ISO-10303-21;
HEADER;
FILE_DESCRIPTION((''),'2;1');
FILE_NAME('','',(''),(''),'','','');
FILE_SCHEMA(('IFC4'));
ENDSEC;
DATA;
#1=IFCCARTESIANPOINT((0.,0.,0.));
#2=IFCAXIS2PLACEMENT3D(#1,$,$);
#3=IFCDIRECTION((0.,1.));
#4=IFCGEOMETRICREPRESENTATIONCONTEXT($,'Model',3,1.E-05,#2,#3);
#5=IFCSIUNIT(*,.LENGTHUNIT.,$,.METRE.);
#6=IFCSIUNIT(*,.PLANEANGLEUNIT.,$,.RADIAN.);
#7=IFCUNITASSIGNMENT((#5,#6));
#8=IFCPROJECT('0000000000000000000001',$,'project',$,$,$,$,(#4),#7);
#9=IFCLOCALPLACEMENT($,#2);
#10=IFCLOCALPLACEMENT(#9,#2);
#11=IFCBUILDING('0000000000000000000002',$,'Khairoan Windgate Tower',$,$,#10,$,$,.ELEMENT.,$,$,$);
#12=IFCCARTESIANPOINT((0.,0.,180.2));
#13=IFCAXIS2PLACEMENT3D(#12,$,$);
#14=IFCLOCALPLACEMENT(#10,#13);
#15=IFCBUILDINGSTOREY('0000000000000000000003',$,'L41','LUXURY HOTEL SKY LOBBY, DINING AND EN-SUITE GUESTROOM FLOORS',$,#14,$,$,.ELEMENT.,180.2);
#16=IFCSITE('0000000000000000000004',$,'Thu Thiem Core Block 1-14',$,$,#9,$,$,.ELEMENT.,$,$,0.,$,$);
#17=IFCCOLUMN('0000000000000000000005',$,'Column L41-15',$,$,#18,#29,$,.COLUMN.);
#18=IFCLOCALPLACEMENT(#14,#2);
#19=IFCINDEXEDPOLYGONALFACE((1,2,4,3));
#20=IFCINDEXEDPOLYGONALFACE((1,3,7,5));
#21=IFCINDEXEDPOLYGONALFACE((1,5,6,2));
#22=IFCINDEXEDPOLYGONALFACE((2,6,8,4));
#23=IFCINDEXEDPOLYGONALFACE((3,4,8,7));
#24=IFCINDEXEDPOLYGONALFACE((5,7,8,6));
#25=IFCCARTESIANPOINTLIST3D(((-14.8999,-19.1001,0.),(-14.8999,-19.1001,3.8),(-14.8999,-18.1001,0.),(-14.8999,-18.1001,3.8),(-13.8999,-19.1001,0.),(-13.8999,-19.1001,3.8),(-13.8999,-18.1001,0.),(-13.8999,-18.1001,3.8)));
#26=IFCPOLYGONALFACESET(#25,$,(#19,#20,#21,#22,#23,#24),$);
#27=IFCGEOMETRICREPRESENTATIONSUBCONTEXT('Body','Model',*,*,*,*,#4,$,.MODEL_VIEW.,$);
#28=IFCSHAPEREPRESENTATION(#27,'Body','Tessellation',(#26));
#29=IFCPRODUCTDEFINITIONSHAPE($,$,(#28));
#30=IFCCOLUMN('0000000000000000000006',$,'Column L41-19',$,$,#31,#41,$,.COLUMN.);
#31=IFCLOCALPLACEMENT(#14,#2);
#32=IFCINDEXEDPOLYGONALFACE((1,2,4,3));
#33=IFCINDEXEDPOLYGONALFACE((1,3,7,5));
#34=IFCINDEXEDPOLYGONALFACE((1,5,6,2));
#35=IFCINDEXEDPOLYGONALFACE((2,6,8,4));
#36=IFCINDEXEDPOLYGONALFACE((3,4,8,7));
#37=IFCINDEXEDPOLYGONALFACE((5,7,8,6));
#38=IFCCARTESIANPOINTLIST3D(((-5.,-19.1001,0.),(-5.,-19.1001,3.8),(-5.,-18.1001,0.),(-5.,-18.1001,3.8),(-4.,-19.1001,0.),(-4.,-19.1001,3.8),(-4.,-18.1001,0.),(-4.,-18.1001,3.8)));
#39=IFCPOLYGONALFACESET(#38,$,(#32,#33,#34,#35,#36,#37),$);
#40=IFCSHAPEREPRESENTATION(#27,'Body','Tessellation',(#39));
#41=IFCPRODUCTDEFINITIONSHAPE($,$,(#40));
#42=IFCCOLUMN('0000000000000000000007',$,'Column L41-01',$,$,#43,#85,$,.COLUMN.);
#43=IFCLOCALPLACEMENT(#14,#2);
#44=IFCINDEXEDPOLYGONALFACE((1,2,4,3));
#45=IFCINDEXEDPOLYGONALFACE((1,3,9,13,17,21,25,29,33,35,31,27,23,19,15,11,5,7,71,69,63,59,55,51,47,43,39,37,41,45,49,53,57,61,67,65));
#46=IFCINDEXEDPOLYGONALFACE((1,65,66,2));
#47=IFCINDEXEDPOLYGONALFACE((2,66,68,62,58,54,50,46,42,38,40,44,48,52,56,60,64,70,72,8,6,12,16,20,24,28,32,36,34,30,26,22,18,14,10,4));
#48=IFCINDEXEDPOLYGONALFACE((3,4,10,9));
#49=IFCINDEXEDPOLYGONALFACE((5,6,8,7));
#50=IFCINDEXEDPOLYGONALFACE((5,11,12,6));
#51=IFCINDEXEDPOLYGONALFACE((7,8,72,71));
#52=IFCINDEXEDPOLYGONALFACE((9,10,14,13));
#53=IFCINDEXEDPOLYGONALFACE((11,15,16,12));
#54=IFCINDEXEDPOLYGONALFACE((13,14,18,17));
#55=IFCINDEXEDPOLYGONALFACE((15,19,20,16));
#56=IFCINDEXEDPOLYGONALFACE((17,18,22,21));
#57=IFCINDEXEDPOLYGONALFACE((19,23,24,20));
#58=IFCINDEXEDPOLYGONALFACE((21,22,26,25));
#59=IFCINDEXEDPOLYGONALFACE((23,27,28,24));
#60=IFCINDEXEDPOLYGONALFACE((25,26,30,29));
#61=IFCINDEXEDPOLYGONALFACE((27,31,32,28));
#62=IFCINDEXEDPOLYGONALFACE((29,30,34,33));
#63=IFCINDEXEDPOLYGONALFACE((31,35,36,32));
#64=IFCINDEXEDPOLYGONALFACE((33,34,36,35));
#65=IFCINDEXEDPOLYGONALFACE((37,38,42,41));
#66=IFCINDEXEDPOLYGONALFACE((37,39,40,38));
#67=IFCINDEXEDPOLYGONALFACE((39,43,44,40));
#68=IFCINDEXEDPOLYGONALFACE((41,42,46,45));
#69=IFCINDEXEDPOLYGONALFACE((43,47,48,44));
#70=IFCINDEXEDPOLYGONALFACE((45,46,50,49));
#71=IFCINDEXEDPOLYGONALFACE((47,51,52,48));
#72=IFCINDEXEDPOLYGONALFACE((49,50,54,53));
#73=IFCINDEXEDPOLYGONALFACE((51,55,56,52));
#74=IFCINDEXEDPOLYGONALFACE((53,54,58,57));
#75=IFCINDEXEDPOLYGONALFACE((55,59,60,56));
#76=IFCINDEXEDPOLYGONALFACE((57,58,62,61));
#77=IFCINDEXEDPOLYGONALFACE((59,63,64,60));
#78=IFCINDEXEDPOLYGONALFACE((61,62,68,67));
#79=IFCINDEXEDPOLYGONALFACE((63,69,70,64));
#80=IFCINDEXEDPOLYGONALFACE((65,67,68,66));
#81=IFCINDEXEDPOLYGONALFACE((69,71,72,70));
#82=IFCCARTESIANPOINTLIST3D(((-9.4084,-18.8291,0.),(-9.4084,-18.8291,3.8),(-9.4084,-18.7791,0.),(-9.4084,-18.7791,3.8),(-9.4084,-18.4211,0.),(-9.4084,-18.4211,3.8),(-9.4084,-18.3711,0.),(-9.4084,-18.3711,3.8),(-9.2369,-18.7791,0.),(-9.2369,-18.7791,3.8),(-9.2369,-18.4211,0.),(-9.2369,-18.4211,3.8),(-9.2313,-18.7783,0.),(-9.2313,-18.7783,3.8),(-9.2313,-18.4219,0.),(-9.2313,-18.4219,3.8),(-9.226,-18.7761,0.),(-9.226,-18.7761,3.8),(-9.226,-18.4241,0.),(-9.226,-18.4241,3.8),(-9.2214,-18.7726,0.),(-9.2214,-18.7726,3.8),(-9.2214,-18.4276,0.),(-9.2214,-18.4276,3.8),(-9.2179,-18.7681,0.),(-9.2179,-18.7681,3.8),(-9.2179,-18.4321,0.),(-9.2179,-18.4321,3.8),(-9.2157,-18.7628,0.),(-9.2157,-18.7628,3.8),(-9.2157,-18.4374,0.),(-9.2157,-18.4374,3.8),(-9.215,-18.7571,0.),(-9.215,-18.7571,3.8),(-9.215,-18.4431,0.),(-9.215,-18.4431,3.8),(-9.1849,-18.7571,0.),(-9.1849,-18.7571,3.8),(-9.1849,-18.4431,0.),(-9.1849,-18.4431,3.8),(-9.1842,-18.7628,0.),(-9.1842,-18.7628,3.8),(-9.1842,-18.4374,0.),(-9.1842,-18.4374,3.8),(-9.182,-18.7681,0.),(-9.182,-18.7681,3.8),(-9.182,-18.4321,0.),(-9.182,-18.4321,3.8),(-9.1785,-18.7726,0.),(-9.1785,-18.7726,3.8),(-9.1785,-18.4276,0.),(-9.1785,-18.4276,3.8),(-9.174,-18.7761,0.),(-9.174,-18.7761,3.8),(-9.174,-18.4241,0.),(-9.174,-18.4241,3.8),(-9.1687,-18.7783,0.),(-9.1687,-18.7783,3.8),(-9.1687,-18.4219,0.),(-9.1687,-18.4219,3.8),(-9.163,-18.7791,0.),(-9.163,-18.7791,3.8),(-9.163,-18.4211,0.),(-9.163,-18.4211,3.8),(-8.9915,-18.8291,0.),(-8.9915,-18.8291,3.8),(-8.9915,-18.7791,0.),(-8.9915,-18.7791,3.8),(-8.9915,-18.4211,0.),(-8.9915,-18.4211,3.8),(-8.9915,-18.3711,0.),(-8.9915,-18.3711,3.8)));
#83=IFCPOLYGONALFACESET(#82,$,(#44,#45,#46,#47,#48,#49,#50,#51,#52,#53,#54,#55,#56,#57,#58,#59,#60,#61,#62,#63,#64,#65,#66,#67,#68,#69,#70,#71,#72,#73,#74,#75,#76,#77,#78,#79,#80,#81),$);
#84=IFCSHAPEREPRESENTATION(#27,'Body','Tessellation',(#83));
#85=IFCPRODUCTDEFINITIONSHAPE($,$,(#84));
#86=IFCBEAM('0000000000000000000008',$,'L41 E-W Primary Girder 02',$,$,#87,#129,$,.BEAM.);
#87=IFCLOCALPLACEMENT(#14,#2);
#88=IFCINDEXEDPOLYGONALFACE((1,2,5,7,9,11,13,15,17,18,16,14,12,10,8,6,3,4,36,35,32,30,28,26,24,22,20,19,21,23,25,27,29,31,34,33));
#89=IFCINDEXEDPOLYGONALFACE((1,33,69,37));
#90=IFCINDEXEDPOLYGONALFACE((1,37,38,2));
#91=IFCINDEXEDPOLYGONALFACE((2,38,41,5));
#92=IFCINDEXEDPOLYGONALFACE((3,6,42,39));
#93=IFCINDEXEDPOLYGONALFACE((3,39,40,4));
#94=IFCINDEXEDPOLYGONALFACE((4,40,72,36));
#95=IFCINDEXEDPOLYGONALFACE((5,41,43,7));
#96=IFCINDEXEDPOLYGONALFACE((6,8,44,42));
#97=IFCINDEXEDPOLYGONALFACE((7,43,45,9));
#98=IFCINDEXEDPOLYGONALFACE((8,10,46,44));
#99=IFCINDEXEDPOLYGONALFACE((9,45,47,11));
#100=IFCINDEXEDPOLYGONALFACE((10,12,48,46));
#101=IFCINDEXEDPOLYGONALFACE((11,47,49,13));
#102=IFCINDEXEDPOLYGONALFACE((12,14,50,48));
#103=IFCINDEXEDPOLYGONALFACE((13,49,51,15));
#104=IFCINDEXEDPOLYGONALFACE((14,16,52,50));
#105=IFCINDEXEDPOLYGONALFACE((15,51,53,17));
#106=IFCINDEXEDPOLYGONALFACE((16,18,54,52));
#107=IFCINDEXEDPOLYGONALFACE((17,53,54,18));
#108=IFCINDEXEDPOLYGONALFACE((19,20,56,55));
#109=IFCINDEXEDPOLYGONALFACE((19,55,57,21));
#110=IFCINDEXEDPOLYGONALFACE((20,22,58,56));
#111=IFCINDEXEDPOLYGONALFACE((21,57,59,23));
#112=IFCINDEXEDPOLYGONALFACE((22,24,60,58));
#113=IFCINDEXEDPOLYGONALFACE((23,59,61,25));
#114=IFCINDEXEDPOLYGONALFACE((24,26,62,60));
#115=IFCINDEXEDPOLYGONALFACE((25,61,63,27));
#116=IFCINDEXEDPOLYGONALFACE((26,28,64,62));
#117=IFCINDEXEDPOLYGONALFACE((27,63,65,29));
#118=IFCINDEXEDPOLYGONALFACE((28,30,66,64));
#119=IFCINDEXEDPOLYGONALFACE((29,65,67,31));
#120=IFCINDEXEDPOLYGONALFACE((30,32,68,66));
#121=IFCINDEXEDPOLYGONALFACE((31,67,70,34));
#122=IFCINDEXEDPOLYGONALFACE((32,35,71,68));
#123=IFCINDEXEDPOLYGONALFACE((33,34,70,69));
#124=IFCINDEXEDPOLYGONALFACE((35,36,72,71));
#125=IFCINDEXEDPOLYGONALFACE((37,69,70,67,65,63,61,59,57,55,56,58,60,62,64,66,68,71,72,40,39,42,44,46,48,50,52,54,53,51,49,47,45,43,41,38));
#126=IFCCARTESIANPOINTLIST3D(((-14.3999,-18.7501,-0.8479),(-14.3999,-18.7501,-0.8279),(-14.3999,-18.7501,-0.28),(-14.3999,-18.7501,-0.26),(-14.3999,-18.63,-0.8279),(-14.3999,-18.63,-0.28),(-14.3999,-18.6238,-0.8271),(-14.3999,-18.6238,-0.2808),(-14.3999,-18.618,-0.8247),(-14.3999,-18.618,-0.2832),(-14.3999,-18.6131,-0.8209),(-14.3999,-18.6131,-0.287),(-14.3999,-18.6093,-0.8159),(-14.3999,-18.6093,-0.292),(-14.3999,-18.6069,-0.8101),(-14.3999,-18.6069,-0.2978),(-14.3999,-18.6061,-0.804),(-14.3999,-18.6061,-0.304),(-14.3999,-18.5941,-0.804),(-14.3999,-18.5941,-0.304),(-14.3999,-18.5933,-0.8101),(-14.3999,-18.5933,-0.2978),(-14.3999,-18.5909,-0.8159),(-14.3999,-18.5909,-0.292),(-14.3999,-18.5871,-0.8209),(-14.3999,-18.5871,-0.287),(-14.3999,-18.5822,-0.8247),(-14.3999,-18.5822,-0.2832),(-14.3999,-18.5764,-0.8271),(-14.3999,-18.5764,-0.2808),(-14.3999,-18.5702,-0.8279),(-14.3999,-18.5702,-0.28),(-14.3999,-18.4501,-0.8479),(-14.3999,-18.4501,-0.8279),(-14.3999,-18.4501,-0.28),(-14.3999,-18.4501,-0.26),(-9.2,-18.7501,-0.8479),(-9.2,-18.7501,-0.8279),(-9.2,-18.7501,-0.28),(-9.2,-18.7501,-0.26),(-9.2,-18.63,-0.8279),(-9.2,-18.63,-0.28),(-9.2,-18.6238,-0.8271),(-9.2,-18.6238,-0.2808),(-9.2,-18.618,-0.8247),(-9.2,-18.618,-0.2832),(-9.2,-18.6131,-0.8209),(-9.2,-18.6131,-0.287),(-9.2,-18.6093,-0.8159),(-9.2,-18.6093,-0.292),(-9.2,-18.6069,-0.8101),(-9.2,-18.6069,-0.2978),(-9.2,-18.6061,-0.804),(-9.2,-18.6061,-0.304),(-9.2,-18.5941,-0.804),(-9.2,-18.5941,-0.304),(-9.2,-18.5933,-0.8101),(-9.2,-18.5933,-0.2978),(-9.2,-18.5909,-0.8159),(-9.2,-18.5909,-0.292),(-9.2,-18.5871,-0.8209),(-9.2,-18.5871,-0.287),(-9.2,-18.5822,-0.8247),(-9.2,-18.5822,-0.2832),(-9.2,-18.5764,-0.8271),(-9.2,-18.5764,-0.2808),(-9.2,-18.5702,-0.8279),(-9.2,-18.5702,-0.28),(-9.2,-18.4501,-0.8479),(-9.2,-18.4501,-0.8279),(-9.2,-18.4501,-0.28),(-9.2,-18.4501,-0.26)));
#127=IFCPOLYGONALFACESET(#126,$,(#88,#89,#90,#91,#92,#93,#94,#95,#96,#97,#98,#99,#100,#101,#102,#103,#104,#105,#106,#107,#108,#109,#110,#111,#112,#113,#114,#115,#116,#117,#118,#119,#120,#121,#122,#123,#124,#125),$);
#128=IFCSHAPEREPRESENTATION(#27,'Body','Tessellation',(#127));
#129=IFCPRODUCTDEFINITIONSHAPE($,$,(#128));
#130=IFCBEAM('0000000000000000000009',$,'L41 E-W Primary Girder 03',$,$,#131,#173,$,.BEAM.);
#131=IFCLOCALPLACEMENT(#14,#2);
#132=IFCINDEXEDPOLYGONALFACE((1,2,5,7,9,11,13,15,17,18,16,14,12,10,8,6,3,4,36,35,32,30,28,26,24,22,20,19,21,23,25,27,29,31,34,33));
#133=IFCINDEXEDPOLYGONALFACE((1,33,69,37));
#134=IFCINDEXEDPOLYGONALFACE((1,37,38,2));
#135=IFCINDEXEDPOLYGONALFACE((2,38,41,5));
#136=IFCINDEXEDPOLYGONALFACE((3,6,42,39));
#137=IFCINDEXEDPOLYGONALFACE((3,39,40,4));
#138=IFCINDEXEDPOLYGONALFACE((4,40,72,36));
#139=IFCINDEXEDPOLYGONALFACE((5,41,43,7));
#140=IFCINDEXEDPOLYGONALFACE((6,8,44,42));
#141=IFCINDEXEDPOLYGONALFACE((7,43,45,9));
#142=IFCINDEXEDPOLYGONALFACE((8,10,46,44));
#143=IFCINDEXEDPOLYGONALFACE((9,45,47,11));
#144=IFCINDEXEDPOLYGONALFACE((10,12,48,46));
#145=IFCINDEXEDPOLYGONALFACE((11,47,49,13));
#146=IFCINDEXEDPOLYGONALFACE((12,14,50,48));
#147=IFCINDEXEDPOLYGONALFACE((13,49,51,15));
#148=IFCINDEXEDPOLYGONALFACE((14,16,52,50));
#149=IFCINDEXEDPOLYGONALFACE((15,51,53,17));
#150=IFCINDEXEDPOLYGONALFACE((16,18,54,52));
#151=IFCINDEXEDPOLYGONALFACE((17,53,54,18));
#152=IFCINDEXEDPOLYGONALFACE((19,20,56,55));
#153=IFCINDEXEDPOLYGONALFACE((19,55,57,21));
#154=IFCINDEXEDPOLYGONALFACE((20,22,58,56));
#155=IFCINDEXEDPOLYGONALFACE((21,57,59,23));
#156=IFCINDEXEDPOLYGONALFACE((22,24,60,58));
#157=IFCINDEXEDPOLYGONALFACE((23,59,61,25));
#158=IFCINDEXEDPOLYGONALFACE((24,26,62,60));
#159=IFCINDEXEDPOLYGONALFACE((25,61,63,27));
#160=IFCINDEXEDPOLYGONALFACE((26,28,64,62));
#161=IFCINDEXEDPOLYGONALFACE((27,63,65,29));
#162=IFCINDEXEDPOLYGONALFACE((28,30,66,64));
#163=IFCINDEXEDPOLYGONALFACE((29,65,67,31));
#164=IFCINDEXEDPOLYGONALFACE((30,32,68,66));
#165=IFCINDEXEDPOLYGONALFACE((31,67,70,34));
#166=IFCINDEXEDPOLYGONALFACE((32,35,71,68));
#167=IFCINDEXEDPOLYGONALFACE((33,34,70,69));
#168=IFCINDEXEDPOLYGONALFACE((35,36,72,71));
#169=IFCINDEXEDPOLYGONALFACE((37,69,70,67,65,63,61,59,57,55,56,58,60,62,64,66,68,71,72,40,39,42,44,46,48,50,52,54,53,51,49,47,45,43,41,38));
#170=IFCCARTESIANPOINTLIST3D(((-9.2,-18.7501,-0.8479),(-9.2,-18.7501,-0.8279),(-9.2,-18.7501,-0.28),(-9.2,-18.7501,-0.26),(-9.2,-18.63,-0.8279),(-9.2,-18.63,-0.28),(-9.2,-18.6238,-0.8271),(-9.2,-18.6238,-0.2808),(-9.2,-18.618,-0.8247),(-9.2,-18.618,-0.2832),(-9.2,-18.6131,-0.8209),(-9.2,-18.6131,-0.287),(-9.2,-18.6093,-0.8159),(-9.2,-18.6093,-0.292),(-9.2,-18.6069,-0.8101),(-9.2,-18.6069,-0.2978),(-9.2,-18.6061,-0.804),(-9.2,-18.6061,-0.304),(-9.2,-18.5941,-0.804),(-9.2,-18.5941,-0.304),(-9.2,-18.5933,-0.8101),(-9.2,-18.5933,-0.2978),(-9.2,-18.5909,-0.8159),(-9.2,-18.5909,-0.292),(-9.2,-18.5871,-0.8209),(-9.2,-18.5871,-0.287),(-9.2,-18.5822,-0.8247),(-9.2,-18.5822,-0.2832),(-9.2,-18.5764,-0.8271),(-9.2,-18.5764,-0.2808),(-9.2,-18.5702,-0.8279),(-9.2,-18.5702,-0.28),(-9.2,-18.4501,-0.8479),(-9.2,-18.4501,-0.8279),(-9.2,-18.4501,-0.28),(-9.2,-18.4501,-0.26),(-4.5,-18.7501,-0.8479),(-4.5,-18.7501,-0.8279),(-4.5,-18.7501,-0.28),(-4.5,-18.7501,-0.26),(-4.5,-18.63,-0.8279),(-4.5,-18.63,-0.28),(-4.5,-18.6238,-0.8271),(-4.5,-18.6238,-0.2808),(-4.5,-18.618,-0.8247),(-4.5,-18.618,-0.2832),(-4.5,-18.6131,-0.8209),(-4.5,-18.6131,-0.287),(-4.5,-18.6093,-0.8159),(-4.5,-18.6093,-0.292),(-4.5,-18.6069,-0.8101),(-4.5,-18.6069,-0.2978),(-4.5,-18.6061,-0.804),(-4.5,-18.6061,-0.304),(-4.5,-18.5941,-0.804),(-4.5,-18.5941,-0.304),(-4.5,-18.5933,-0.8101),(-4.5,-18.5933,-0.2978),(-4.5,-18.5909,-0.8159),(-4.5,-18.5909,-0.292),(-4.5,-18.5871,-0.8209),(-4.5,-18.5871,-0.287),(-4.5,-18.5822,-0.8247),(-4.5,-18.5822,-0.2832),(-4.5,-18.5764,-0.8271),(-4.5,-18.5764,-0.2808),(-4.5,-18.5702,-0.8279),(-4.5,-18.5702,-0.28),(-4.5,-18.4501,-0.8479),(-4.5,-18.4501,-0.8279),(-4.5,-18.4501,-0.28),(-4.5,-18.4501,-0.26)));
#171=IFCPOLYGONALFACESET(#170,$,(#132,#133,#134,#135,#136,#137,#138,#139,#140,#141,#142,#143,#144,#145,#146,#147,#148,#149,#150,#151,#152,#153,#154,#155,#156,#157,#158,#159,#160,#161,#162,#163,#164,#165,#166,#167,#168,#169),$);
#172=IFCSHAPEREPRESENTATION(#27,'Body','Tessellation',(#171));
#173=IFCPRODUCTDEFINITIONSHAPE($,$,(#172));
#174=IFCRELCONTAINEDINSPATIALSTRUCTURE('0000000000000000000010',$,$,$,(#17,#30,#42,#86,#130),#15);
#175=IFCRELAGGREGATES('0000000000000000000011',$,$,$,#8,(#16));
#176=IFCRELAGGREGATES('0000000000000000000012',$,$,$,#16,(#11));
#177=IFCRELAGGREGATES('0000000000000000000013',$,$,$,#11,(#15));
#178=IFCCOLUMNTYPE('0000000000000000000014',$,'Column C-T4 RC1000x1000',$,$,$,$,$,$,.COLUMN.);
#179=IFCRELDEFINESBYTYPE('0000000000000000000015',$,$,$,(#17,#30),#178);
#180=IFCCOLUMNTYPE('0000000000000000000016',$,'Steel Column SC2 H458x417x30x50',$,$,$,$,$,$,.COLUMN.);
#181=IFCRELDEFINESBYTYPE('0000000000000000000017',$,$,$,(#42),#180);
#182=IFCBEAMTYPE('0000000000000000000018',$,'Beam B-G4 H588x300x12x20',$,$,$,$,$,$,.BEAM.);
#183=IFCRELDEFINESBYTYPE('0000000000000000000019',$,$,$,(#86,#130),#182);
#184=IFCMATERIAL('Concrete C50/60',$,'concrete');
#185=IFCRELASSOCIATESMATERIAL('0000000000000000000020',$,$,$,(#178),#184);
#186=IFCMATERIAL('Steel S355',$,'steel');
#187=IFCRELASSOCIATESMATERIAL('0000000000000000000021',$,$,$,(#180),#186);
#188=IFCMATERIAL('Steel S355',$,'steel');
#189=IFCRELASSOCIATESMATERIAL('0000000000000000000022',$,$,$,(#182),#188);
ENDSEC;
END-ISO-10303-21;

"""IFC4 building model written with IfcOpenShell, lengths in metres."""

from ifc_helpers import new_model, si_unit, direction, frame, origin, origin_2d, place, context, subcontext, project, spatial, rectangle, i_section, extrude, material, material_profile, profile_set, type_object, element, save


model = new_model("IFC4")

# Units and contexts
model_context = context("Model", 3, precision=1e-05, world=origin(), true_north=direction((0.0, 1.0)))
body_context = subcontext(model_context, "Body", "Model", "MODEL_VIEW")
ifc_project = project(units=[si_unit("LENGTHUNIT", "METRE"), si_unit("PLANEANGLEUNIT", "RADIAN")], contexts=[model_context])

# Site, building, storey
site_placement = place(None, origin())
site = spatial("IfcSite", under=ifc_project, at=site_placement, Name="Thu Thiem Core Block 1-14", CompositionType="ELEMENT", RefElevation=0.0)
building_placement = place(site_placement, origin())
building = spatial("IfcBuilding", under=site, at=building_placement, Name="Khairoan Windgate Tower", CompositionType="ELEMENT")
storey_placement = place(building_placement, frame((0.0, 0.0, 180.2)))
storey = spatial("IfcBuildingStorey", under=building, at=storey_placement, Name="L41", Description="LUXURY HOTEL SKY LOBBY, DINING AND EN-SUITE GUESTROOM FLOORS", CompositionType="ELEMENT", Elevation=180.2)

# Columns
ifc_material_1 = material(Name="Concrete C50/60", Category="concrete")
ifc_material_profile_1 = material_profile(ifc_material_1, rectangle(XDim=1.0, YDim=1.0, at=origin_2d()))
ifc_profile_set_1 = profile_set([ifc_material_profile_1], Name="Concrete C50/60")
column_type_1 = type_object("IfcColumnType", Name="Column C-T4 RC1000x1000", PredefinedType="COLUMN", material=ifc_profile_set_1)
for number, where, z_axis, x_axis, name in (
    (1, (-14.3999, -18.6001, 0.0), (0.0, 0.0, 1.0), (1.0, 0.0, 0.0), "Column L41-15"),
    (2, (-4.5, -18.6001, 0.0), (0.0, 0.0, 1.0), (1.0, 0.0, 0.0), "Column L41-19"),
):
    element("IfcColumn", number, at=place(storey_placement, frame(where, z_axis=z_axis, x_axis=x_axis)), inside=storey, type_object=column_type_1, Name=name, PredefinedType="COLUMN", context=body_context, shape_type="SweptSolid", body=[
        extrude(rectangle(XDim=1.0, YDim=1.0, at=origin_2d()), origin(), (0.0, 0.0, 1.0), 3.8),
    ])
ifc_material_2 = material(Name="Steel S355", Category="steel")
ifc_material_profile_2 = material_profile(ifc_material_2, i_section(OverallWidth=0.417, OverallDepth=0.458, WebThickness=0.03, FlangeThickness=0.05, FilletRadius=0.022, at=origin_2d()))
ifc_profile_set_2 = profile_set([ifc_material_profile_2], Name="Steel S355")
column_type_2 = type_object("IfcColumnType", Name="Steel Column SC2 H458x417x30x50", PredefinedType="COLUMN", material=ifc_profile_set_2)
column_placement = place(storey_placement, frame((-9.2, -18.6001, 0.0), z_axis=(0.0, 0.0, 1.0), x_axis=(1.0, 0.0, 0.0)))
element("IfcColumn", 3, at=column_placement, inside=storey, type_object=column_type_2, Name="Column L41-01", PredefinedType="COLUMN", context=body_context, shape_type="SweptSolid", body=[
    extrude(i_section(OverallWidth=0.417, OverallDepth=0.458, WebThickness=0.03, FlangeThickness=0.05, FilletRadius=0.022, at=origin_2d()), origin(), (0.0, 0.0, 1.0), 3.8),
])

# Beams
ifc_material_3 = material(Name="Steel S355", Category="steel")
ifc_material_profile_3 = material_profile(ifc_material_3, i_section(OverallWidth=0.3, OverallDepth=0.5879, WebThickness=0.012, FlangeThickness=0.02, FilletRadius=0.0239, at=origin_2d()))
ifc_profile_set_3 = profile_set([ifc_material_profile_3], Name="Steel S355")
beam_type_1 = type_object("IfcBeamType", Name="Beam B-G4 H588x300x12x20", PredefinedType="BEAM", material=ifc_profile_set_3)
beam_1_placement = place(storey_placement, frame((-14.3999, -18.6001, -0.554), z_axis=(1.0, 0.0, 0.0), x_axis=(0.0, 1.0, 0.0)))
element("IfcBeam", 4, at=beam_1_placement, inside=storey, type_object=beam_type_1, Name="L41 E-W Primary Girder 02", PredefinedType="BEAM", context=body_context, shape_type="SweptSolid", body=[
    extrude(i_section(OverallWidth=0.3, OverallDepth=0.5879, WebThickness=0.012, FlangeThickness=0.02, FilletRadius=0.0239, at=origin_2d()), origin(), (0.0, 0.0, 1.0), 5.2),
])
beam_2_placement = place(storey_placement, frame((-9.2, -18.6001, -0.554), z_axis=(1.0, 0.0, 0.0), x_axis=(0.0, 1.0, 0.0)))
element("IfcBeam", 5, at=beam_2_placement, inside=storey, type_object=beam_type_1, Name="L41 E-W Primary Girder 03", PredefinedType="BEAM", context=body_context, shape_type="SweptSolid", body=[
    extrude(i_section(OverallWidth=0.3, OverallDepth=0.5879, WebThickness=0.012, FlangeThickness=0.02, FilletRadius=0.0239, at=origin_2d()), origin(), (0.0, 0.0, 1.0), 4.7),
])

save(model, "model.ifc")
